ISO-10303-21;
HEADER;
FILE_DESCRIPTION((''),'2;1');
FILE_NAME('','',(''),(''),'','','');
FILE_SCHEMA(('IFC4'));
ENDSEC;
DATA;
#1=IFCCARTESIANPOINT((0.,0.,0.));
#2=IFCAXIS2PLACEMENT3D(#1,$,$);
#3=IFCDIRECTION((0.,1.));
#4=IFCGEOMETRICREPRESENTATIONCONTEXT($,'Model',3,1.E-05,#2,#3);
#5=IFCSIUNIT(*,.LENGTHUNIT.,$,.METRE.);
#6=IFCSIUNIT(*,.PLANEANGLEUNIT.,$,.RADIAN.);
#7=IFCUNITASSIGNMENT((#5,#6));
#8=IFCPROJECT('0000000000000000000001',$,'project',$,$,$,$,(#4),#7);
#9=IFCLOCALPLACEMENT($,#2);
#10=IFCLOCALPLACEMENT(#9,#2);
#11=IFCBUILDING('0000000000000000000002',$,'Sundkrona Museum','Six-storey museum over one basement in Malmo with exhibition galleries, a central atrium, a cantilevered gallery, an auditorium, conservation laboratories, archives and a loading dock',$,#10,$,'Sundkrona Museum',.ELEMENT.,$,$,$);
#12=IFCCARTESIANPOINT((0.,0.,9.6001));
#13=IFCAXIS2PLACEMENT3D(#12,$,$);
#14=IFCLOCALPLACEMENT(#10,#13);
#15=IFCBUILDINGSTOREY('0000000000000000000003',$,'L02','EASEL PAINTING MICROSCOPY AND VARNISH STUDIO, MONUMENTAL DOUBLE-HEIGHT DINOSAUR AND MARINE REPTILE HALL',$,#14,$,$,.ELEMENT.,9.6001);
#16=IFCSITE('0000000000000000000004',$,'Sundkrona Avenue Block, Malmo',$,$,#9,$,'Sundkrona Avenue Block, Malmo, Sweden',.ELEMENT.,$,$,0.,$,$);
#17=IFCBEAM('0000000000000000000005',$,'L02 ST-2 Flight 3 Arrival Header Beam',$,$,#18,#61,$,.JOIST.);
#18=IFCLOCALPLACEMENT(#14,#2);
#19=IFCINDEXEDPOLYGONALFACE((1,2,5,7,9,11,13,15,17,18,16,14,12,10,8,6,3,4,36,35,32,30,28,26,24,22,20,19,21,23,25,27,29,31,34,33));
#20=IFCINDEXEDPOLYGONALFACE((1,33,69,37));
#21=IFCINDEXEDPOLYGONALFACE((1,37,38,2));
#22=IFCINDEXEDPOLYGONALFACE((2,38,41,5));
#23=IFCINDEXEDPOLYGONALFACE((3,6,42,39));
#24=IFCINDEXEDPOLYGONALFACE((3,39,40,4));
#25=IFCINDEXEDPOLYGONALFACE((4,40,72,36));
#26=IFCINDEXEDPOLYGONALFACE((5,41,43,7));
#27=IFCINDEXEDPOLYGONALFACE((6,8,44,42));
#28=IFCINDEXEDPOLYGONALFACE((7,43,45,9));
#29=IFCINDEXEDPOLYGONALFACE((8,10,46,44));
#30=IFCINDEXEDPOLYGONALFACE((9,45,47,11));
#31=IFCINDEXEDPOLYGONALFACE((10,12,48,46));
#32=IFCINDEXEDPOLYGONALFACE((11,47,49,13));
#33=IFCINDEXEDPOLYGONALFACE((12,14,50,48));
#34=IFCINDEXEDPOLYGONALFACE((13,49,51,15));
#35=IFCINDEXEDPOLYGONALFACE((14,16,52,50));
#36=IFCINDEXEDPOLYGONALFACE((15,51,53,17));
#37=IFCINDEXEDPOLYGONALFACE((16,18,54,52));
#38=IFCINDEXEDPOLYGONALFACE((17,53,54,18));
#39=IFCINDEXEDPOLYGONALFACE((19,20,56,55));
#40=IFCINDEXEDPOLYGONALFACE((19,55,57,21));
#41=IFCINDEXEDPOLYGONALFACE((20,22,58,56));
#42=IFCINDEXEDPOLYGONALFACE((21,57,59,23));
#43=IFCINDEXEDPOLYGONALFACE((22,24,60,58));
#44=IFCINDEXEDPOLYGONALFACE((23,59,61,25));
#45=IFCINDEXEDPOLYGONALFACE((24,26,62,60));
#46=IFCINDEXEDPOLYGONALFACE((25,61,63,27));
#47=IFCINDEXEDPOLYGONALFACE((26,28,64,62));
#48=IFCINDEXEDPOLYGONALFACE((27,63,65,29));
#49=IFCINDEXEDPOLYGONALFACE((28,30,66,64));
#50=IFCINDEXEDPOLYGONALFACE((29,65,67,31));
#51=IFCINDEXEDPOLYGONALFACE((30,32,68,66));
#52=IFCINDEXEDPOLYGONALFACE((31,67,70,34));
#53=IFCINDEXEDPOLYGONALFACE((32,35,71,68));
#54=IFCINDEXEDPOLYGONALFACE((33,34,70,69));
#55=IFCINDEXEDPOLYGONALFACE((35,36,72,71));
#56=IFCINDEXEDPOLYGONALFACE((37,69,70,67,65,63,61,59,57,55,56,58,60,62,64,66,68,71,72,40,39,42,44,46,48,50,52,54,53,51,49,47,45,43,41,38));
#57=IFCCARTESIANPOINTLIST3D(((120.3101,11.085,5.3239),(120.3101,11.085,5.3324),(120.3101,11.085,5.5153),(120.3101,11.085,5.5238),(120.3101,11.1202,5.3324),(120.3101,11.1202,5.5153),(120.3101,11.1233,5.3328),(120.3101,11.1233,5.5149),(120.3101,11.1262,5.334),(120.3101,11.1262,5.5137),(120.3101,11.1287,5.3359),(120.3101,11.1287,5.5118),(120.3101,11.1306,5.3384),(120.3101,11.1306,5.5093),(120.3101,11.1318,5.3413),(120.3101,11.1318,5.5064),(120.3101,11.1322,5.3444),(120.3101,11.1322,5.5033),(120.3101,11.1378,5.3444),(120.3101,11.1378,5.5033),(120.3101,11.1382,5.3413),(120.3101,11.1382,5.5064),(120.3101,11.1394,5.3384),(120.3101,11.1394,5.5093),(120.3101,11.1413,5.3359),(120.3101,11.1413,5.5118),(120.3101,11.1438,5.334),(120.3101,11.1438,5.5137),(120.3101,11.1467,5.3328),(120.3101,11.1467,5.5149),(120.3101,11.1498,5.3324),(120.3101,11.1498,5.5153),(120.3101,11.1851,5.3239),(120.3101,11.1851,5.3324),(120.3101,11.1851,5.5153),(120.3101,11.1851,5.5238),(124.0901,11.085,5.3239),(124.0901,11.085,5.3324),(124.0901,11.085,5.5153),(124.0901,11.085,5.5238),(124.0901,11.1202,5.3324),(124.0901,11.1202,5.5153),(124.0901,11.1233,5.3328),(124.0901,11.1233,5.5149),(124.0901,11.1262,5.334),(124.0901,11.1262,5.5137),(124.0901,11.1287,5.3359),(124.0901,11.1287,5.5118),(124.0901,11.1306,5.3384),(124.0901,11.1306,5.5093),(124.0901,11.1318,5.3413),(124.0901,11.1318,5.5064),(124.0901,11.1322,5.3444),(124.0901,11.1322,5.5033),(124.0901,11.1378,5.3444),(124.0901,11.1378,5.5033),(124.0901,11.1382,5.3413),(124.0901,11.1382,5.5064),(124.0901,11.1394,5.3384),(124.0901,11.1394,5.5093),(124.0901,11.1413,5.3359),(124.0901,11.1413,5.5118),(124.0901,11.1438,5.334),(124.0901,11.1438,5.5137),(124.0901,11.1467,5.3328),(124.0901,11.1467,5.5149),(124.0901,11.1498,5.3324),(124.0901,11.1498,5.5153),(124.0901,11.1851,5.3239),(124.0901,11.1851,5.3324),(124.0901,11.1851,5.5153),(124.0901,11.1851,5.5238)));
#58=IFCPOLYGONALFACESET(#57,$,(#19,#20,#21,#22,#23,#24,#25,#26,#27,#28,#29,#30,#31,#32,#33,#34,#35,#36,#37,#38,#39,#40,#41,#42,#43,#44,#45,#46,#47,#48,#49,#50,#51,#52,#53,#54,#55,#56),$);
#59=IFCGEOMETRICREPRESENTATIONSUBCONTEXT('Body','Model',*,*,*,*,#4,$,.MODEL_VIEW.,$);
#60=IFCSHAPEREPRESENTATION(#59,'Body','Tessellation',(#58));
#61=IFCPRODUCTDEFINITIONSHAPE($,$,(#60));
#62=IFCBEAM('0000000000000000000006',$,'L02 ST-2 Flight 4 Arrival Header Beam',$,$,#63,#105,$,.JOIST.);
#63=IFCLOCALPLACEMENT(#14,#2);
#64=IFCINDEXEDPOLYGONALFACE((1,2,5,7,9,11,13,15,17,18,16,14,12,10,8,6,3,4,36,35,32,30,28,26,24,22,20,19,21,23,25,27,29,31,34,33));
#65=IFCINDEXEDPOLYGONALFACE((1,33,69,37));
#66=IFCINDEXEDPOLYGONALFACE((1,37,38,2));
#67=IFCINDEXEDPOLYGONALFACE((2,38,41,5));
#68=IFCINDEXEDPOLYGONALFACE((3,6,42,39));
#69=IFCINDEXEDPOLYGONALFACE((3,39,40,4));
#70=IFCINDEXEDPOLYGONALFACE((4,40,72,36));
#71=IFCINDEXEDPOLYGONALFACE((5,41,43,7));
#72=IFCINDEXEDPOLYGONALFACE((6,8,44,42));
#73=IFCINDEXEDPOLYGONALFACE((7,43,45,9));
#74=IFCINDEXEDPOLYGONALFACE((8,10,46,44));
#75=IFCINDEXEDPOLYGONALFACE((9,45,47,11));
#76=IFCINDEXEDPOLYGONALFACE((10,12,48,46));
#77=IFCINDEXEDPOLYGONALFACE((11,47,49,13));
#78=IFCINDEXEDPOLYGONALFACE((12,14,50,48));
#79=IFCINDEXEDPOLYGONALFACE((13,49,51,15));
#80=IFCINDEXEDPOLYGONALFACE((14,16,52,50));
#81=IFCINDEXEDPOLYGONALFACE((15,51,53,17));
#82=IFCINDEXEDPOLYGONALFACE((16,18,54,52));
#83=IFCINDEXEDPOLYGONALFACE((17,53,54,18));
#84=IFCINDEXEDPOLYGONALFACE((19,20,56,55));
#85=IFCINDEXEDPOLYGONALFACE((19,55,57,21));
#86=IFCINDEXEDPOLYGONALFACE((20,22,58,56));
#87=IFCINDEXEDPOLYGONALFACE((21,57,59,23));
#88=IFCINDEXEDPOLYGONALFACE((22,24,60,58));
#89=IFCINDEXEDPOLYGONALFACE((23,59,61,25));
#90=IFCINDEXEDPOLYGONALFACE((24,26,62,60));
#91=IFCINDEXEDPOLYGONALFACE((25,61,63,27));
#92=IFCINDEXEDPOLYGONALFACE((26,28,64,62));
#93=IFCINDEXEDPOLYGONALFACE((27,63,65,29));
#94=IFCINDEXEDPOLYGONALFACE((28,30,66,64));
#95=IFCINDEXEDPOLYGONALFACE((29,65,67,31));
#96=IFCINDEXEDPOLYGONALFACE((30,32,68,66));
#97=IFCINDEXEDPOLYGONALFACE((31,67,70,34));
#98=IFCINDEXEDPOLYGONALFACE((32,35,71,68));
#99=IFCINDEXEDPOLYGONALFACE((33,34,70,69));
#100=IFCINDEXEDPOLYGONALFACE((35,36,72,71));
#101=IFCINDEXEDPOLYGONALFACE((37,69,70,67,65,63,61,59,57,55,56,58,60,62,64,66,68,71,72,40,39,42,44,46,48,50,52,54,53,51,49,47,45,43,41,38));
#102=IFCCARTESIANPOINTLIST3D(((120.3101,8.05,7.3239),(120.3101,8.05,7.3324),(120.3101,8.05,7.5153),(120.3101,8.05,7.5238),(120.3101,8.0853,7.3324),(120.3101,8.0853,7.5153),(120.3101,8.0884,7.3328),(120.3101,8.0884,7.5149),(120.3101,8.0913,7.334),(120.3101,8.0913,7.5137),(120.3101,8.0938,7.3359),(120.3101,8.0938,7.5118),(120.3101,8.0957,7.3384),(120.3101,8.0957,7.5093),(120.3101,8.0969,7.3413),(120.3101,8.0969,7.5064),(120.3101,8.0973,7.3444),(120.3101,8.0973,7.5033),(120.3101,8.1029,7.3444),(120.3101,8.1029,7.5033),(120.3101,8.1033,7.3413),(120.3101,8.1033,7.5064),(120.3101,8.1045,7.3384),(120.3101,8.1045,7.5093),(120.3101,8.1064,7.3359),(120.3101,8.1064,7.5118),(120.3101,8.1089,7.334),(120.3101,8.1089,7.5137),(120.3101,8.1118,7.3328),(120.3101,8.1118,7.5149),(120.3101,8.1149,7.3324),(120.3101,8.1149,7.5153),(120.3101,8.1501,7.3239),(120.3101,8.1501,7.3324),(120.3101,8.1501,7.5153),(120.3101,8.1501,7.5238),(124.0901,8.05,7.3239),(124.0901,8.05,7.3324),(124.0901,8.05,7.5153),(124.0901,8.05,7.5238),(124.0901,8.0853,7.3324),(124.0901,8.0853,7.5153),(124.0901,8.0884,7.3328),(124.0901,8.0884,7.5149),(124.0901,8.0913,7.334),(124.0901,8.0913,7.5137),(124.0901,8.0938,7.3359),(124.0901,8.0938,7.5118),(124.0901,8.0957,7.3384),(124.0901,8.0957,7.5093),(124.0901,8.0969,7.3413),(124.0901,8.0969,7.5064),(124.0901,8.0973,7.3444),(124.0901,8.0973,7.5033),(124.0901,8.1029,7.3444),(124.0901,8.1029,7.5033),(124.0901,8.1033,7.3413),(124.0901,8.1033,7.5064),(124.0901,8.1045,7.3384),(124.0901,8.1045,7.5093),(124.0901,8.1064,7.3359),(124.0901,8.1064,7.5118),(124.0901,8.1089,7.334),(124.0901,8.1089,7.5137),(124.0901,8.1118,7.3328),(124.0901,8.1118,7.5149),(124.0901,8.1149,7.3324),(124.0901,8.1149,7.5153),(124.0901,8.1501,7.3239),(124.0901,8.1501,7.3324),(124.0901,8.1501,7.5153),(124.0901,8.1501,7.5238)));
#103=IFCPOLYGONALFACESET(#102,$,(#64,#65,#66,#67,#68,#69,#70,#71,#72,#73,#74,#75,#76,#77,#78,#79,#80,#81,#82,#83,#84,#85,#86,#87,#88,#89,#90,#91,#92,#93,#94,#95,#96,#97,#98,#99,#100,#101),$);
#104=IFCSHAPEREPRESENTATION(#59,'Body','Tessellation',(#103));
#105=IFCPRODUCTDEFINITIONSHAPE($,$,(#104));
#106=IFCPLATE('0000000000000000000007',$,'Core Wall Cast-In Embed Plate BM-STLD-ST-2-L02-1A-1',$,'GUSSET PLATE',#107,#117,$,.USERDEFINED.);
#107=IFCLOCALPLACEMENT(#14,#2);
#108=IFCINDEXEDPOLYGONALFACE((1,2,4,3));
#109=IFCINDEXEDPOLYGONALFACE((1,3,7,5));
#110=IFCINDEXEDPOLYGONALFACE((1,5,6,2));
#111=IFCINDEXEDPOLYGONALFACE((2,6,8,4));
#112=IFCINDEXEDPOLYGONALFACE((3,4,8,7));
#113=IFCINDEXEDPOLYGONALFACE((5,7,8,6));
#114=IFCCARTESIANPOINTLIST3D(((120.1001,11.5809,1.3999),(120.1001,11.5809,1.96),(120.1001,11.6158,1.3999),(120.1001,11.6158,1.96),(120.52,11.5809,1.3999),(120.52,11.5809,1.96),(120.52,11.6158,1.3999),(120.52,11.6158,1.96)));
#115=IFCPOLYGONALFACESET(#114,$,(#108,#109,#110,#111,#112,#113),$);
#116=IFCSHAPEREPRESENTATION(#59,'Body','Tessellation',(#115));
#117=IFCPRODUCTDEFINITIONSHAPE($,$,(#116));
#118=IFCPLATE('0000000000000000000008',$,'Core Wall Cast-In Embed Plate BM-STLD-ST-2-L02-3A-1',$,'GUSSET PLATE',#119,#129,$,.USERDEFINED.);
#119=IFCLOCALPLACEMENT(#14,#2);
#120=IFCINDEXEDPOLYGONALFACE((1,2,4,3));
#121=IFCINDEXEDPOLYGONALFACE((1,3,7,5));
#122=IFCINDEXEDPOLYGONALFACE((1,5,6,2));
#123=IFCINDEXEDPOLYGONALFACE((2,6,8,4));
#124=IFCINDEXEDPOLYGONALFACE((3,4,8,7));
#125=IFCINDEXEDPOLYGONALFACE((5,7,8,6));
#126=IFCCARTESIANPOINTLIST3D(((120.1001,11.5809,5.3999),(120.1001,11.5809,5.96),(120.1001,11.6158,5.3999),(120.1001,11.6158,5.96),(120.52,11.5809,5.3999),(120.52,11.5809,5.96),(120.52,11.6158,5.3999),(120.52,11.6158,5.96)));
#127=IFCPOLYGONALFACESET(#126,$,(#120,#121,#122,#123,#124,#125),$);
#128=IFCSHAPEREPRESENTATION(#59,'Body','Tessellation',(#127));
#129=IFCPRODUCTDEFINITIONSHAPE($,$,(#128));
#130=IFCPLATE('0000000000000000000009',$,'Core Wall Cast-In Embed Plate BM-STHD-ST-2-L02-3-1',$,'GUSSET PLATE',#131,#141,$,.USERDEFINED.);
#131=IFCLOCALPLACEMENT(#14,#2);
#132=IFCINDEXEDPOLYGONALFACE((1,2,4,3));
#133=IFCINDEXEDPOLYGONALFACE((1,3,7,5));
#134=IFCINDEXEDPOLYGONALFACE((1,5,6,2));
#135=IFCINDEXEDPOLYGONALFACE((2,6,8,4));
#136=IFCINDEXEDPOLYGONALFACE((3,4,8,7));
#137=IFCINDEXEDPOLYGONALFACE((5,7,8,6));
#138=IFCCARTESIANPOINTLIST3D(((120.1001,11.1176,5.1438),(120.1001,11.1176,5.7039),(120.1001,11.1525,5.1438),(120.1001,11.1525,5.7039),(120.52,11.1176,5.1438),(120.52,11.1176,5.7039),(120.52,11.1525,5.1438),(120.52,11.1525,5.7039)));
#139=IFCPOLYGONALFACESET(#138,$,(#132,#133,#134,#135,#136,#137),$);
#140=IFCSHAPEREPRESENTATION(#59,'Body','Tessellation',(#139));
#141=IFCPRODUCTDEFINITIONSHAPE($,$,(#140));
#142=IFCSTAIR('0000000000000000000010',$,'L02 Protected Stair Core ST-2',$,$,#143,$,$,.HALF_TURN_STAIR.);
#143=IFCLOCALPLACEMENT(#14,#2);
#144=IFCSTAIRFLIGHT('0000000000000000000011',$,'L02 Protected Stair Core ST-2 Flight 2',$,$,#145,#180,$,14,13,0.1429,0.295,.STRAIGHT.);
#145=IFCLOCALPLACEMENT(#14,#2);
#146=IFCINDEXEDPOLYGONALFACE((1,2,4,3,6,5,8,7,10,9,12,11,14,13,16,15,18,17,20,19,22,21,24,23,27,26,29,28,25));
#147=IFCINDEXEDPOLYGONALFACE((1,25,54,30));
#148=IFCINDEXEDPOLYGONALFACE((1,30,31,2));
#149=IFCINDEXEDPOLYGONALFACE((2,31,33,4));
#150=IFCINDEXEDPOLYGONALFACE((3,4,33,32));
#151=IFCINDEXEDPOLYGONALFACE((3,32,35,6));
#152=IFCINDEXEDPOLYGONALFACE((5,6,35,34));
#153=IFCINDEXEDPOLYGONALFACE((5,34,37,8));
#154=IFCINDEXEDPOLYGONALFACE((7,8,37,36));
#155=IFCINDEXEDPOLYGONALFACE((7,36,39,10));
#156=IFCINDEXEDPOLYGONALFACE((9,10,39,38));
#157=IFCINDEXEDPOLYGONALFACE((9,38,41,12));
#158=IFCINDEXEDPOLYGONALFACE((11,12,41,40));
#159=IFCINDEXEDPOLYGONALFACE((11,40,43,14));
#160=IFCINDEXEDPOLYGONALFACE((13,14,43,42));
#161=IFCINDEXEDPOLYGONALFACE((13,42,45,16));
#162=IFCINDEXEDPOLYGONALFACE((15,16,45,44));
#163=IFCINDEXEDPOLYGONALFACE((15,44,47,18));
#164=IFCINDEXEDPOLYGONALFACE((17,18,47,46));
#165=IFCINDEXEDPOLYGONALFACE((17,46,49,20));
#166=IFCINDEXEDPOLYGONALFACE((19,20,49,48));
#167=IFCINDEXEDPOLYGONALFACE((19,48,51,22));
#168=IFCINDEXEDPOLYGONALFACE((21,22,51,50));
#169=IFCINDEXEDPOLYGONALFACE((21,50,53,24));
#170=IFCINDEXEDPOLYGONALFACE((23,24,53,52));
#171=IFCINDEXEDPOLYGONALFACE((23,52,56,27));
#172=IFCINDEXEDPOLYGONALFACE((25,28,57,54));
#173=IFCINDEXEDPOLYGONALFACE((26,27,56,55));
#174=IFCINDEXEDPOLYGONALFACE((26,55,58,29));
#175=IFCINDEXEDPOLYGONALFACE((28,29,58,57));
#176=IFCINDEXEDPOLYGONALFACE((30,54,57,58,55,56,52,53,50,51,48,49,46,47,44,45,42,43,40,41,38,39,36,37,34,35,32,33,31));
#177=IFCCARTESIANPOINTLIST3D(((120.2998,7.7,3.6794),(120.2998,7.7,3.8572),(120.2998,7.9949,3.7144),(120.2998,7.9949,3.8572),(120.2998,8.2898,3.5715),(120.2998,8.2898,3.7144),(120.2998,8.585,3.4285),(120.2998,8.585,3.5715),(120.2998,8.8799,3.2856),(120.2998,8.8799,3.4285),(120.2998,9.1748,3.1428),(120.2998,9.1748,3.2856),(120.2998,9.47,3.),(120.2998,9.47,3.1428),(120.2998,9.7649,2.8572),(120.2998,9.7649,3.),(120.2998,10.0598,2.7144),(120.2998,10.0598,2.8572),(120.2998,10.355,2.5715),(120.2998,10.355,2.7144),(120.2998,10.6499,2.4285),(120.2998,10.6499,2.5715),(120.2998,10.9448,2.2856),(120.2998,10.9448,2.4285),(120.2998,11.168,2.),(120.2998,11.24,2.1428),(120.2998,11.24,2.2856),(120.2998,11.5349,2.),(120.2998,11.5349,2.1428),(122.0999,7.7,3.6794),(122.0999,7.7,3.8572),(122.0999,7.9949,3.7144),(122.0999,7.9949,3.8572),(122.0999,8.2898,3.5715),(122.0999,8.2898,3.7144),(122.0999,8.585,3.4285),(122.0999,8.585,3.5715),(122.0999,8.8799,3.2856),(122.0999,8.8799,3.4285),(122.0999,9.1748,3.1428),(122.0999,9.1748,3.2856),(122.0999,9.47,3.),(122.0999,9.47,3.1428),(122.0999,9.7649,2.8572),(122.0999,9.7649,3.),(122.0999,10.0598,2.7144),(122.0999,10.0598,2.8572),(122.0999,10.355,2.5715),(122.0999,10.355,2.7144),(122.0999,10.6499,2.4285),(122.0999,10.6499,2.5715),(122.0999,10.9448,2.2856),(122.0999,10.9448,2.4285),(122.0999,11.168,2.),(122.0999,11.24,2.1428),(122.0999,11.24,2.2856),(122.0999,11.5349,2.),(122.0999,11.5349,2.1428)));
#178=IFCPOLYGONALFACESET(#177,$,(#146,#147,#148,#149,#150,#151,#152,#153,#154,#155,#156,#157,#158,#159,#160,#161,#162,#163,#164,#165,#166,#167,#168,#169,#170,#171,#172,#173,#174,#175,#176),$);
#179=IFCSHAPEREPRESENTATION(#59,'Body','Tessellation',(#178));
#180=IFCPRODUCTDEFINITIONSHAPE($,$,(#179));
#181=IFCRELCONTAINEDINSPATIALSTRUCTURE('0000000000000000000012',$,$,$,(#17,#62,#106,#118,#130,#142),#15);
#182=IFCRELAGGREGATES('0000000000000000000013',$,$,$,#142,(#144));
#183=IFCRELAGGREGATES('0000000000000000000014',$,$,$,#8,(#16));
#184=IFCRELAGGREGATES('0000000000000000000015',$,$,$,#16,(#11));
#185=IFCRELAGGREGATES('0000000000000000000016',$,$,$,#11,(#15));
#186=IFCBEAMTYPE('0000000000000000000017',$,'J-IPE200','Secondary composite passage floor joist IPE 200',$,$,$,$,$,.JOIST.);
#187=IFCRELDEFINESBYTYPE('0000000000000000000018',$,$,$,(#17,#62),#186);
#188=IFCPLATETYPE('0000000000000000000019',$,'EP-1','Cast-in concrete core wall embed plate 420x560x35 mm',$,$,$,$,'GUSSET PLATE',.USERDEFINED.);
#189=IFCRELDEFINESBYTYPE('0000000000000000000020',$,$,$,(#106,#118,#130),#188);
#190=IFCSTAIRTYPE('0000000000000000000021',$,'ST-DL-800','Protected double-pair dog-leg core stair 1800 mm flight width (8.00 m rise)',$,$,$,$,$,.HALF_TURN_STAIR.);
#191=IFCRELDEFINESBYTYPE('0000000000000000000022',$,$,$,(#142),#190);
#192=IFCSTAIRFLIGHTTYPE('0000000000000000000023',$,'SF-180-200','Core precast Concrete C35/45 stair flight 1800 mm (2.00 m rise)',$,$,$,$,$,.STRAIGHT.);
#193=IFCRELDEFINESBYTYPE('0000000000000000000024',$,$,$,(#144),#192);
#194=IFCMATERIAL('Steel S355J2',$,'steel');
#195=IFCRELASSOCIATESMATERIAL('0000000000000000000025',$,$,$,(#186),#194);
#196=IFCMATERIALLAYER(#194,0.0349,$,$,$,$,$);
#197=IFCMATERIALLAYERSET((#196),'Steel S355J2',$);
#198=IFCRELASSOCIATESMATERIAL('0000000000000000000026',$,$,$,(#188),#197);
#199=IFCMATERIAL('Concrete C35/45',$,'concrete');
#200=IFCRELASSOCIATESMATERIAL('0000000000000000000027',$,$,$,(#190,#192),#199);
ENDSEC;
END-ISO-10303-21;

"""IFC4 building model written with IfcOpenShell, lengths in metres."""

from ifc_helpers import new_model, si_unit, direction, frame, origin, origin_2d, place, context, subcontext, project, spatial, polyline, rectangle, i_section, outline, extrude, material, layer, layer_set, material_profile, profile_set, type_object, element, aggregate, save


model = new_model("IFC4")

# Units and contexts
model_context = context("Model", 3, precision=1e-05, world=origin(), true_north=direction((0.0, 1.0)))
body_context = subcontext(model_context, "Body", "Model", "MODEL_VIEW")
ifc_project = project(units=[si_unit("LENGTHUNIT", "METRE"), si_unit("PLANEANGLEUNIT", "RADIAN")], contexts=[model_context])

# Site, building, storey
site_placement = place(None, origin())
site = spatial("IfcSite", under=ifc_project, at=site_placement, Name="Sundkrona Avenue Block, Malmo", LongName="Sundkrona Avenue Block, Malmo, Sweden", CompositionType="ELEMENT", RefElevation=0.0)
building_placement = place(site_placement, origin())
building = spatial("IfcBuilding", under=site, at=building_placement, Name="Sundkrona Museum", Description="Six-storey museum over one basement in Malmo with exhibition galleries, a central atrium, a cantilevered gallery, an auditorium, conservation laboratories, archives and a loading dock", LongName="Sundkrona Museum", CompositionType="ELEMENT")
storey_placement = place(building_placement, frame((0.0, 0.0, 9.6001)))
storey = spatial("IfcBuildingStorey", under=building, at=storey_placement, Name="L02", Description="EASEL PAINTING MICROSCOPY AND VARNISH STUDIO, MONUMENTAL DOUBLE-HEIGHT DINOSAUR AND MARINE REPTILE HALL", CompositionType="ELEMENT", Elevation=9.6001)

# Shared definitions
ifc_material_1 = material(Name="Steel S355J2", Category="steel")

# Beams
ifc_material_profile_1 = material_profile(ifc_material_1, i_section(OverallWidth=0.1001, OverallDepth=0.2, WebThickness=0.0056, FlangeThickness=0.0085, FilletRadius=0.012, at=origin_2d()), Name="IPE 200")
ifc_profile_set_1 = profile_set([ifc_material_profile_1], Name="Steel S355J2")
beam_type = type_object("IfcBeamType", Name="J-IPE200", Description="Secondary composite passage floor joist IPE 200", PredefinedType="JOIST", material=ifc_profile_set_1)
for number, where, z_axis, x_axis, name in (
    (1, (120.3101, 11.135, 5.4238), (1.0, 0.0, 0.0), (0.0, 1.0, 0.0), "L02 ST-2 Flight 3 Arrival Header Beam"),
    (2, (120.3101, 8.1001, 7.4238), (1.0, 0.0, 0.0), (0.0, 1.0, 0.0), "L02 ST-2 Flight 4 Arrival Header Beam"),
):
    element("IfcBeam", number, at=place(storey_placement, frame(where, z_axis=z_axis, x_axis=x_axis)), inside=storey, type_object=beam_type, Name=name, PredefinedType="JOIST", context=body_context, shape_type="SweptSolid", body=[
        extrude(i_section(OverallWidth=0.1001, OverallDepth=0.2, WebThickness=0.0056, FlangeThickness=0.0085, FilletRadius=0.012, at=origin_2d()), origin(), (0.0, 0.0, 1.0), 3.78),
    ])

# Plates
ifc_layer = layer(ifc_material_1, 0.0349)
ifc_layer_set = layer_set([ifc_layer], Name="Steel S355J2")
plate_type = type_object("IfcPlateType", Name="EP-1", Description="Cast-in concrete core wall embed plate 420x560x35 mm", ElementType="GUSSET PLATE", PredefinedType="USERDEFINED", material=ifc_layer_set)
for number, where, z_axis, x_axis, name in (
    (3, (120.3101, 11.5984, 1.3999), (0.0, 0.0, 1.0), (1.0, 0.0, 0.0), "Core Wall Cast-In Embed Plate BM-STLD-ST-2-L02-1A-1"),
    (4, (120.3101, 11.5984, 5.3999), (0.0, 0.0, 1.0), (1.0, 0.0, 0.0), "Core Wall Cast-In Embed Plate BM-STLD-ST-2-L02-3A-1"),
    (5, (120.3101, 11.135, 5.1438), (0.0, 0.0, 1.0), (1.0, 0.0, 0.0), "Core Wall Cast-In Embed Plate BM-STHD-ST-2-L02-3-1"),
):
    element("IfcPlate", number, at=place(storey_placement, frame(where, z_axis=z_axis, x_axis=x_axis)), inside=storey, type_object=plate_type, Name=name, ObjectType="GUSSET PLATE", PredefinedType="USERDEFINED", context=body_context, shape_type="SweptSolid", body=[
        extrude(rectangle(XDim=0.4199, YDim=0.0349, at=origin_2d()), origin(), (0.0, 0.0, 1.0), 0.5601),
    ])

# Stair, stair flight
ifc_material_2 = material(Name="Concrete C35/45", Category="concrete")
stair_type = type_object("IfcStairType", Name="ST-DL-800", Description="Protected double-pair dog-leg core stair 1800 mm flight width (8.00 m rise)", PredefinedType="HALF_TURN_STAIR", material=ifc_material_2)
stair_placement = place(storey_placement, origin())
stair = element("IfcStair", 6, at=stair_placement, inside=storey, type_object=stair_type, Name="L02 Protected Stair Core ST-2", PredefinedType="HALF_TURN_STAIR")
stair_flight_type = type_object("IfcStairFlightType", Name="SF-180-200", Description="Core precast Concrete C35/45 stair flight 1800 mm (2.00 m rise)", PredefinedType="STRAIGHT", material=ifc_material_2)
stair_flight_1_placement = place(storey_placement, frame((121.2, 11.5349, 2.0), z_axis=(0.0, 0.0, 1.0), x_axis=(0.0, -1.0, 0.0)))
stair_flight_1 = element("IfcStairFlight", 7, at=stair_flight_1_placement, type_object=stair_flight_type, Name="L02 Protected Stair Core ST-2 Flight 2", NumberOfRisers=14, NumberOfTreads=13, PredefinedType="STRAIGHT", RiserHeight=0.1429, TreadLength=0.295, context=body_context, shape_type="SweptSolid", body=[
    extrude(outline(polyline([(0.0, 0.0), (0.0, 0.1428), (0.2949, 0.1428), (0.2949, 0.2856), (0.5901, 0.2856), (0.5901, 0.4285), (0.885, 0.4285), (0.885, 0.5715), (1.1799, 0.5715), (1.1799, 0.7144), (1.4751, 0.7144), (1.4751, 0.8572), (1.77, 0.8572), (1.77, 1.0), (2.0649, 1.0), (2.0649, 1.1428), (2.3601, 1.1428), (2.3601, 1.2856), (2.655, 1.2856), (2.655, 1.4285), (2.95, 1.4285), (2.95, 1.5715), (3.2451, 1.5715), (3.2451, 1.7144), (3.54, 1.7144), (3.54, 1.8572), (3.835, 1.8572), (3.835, 2.0), (3.835, 1.6794), (0.3669, 0.0), (0.0, 0.0)])), frame((0.0, 0.8999, 0.0), z_axis=(0.0, -1.0, 0.0), x_axis=(1.0, 0.0, 0.0)), (0.0, 0.0, 1.0), 1.8),
])
aggregate(stair, [stair_flight_1])

save(model, "model.ifc")
